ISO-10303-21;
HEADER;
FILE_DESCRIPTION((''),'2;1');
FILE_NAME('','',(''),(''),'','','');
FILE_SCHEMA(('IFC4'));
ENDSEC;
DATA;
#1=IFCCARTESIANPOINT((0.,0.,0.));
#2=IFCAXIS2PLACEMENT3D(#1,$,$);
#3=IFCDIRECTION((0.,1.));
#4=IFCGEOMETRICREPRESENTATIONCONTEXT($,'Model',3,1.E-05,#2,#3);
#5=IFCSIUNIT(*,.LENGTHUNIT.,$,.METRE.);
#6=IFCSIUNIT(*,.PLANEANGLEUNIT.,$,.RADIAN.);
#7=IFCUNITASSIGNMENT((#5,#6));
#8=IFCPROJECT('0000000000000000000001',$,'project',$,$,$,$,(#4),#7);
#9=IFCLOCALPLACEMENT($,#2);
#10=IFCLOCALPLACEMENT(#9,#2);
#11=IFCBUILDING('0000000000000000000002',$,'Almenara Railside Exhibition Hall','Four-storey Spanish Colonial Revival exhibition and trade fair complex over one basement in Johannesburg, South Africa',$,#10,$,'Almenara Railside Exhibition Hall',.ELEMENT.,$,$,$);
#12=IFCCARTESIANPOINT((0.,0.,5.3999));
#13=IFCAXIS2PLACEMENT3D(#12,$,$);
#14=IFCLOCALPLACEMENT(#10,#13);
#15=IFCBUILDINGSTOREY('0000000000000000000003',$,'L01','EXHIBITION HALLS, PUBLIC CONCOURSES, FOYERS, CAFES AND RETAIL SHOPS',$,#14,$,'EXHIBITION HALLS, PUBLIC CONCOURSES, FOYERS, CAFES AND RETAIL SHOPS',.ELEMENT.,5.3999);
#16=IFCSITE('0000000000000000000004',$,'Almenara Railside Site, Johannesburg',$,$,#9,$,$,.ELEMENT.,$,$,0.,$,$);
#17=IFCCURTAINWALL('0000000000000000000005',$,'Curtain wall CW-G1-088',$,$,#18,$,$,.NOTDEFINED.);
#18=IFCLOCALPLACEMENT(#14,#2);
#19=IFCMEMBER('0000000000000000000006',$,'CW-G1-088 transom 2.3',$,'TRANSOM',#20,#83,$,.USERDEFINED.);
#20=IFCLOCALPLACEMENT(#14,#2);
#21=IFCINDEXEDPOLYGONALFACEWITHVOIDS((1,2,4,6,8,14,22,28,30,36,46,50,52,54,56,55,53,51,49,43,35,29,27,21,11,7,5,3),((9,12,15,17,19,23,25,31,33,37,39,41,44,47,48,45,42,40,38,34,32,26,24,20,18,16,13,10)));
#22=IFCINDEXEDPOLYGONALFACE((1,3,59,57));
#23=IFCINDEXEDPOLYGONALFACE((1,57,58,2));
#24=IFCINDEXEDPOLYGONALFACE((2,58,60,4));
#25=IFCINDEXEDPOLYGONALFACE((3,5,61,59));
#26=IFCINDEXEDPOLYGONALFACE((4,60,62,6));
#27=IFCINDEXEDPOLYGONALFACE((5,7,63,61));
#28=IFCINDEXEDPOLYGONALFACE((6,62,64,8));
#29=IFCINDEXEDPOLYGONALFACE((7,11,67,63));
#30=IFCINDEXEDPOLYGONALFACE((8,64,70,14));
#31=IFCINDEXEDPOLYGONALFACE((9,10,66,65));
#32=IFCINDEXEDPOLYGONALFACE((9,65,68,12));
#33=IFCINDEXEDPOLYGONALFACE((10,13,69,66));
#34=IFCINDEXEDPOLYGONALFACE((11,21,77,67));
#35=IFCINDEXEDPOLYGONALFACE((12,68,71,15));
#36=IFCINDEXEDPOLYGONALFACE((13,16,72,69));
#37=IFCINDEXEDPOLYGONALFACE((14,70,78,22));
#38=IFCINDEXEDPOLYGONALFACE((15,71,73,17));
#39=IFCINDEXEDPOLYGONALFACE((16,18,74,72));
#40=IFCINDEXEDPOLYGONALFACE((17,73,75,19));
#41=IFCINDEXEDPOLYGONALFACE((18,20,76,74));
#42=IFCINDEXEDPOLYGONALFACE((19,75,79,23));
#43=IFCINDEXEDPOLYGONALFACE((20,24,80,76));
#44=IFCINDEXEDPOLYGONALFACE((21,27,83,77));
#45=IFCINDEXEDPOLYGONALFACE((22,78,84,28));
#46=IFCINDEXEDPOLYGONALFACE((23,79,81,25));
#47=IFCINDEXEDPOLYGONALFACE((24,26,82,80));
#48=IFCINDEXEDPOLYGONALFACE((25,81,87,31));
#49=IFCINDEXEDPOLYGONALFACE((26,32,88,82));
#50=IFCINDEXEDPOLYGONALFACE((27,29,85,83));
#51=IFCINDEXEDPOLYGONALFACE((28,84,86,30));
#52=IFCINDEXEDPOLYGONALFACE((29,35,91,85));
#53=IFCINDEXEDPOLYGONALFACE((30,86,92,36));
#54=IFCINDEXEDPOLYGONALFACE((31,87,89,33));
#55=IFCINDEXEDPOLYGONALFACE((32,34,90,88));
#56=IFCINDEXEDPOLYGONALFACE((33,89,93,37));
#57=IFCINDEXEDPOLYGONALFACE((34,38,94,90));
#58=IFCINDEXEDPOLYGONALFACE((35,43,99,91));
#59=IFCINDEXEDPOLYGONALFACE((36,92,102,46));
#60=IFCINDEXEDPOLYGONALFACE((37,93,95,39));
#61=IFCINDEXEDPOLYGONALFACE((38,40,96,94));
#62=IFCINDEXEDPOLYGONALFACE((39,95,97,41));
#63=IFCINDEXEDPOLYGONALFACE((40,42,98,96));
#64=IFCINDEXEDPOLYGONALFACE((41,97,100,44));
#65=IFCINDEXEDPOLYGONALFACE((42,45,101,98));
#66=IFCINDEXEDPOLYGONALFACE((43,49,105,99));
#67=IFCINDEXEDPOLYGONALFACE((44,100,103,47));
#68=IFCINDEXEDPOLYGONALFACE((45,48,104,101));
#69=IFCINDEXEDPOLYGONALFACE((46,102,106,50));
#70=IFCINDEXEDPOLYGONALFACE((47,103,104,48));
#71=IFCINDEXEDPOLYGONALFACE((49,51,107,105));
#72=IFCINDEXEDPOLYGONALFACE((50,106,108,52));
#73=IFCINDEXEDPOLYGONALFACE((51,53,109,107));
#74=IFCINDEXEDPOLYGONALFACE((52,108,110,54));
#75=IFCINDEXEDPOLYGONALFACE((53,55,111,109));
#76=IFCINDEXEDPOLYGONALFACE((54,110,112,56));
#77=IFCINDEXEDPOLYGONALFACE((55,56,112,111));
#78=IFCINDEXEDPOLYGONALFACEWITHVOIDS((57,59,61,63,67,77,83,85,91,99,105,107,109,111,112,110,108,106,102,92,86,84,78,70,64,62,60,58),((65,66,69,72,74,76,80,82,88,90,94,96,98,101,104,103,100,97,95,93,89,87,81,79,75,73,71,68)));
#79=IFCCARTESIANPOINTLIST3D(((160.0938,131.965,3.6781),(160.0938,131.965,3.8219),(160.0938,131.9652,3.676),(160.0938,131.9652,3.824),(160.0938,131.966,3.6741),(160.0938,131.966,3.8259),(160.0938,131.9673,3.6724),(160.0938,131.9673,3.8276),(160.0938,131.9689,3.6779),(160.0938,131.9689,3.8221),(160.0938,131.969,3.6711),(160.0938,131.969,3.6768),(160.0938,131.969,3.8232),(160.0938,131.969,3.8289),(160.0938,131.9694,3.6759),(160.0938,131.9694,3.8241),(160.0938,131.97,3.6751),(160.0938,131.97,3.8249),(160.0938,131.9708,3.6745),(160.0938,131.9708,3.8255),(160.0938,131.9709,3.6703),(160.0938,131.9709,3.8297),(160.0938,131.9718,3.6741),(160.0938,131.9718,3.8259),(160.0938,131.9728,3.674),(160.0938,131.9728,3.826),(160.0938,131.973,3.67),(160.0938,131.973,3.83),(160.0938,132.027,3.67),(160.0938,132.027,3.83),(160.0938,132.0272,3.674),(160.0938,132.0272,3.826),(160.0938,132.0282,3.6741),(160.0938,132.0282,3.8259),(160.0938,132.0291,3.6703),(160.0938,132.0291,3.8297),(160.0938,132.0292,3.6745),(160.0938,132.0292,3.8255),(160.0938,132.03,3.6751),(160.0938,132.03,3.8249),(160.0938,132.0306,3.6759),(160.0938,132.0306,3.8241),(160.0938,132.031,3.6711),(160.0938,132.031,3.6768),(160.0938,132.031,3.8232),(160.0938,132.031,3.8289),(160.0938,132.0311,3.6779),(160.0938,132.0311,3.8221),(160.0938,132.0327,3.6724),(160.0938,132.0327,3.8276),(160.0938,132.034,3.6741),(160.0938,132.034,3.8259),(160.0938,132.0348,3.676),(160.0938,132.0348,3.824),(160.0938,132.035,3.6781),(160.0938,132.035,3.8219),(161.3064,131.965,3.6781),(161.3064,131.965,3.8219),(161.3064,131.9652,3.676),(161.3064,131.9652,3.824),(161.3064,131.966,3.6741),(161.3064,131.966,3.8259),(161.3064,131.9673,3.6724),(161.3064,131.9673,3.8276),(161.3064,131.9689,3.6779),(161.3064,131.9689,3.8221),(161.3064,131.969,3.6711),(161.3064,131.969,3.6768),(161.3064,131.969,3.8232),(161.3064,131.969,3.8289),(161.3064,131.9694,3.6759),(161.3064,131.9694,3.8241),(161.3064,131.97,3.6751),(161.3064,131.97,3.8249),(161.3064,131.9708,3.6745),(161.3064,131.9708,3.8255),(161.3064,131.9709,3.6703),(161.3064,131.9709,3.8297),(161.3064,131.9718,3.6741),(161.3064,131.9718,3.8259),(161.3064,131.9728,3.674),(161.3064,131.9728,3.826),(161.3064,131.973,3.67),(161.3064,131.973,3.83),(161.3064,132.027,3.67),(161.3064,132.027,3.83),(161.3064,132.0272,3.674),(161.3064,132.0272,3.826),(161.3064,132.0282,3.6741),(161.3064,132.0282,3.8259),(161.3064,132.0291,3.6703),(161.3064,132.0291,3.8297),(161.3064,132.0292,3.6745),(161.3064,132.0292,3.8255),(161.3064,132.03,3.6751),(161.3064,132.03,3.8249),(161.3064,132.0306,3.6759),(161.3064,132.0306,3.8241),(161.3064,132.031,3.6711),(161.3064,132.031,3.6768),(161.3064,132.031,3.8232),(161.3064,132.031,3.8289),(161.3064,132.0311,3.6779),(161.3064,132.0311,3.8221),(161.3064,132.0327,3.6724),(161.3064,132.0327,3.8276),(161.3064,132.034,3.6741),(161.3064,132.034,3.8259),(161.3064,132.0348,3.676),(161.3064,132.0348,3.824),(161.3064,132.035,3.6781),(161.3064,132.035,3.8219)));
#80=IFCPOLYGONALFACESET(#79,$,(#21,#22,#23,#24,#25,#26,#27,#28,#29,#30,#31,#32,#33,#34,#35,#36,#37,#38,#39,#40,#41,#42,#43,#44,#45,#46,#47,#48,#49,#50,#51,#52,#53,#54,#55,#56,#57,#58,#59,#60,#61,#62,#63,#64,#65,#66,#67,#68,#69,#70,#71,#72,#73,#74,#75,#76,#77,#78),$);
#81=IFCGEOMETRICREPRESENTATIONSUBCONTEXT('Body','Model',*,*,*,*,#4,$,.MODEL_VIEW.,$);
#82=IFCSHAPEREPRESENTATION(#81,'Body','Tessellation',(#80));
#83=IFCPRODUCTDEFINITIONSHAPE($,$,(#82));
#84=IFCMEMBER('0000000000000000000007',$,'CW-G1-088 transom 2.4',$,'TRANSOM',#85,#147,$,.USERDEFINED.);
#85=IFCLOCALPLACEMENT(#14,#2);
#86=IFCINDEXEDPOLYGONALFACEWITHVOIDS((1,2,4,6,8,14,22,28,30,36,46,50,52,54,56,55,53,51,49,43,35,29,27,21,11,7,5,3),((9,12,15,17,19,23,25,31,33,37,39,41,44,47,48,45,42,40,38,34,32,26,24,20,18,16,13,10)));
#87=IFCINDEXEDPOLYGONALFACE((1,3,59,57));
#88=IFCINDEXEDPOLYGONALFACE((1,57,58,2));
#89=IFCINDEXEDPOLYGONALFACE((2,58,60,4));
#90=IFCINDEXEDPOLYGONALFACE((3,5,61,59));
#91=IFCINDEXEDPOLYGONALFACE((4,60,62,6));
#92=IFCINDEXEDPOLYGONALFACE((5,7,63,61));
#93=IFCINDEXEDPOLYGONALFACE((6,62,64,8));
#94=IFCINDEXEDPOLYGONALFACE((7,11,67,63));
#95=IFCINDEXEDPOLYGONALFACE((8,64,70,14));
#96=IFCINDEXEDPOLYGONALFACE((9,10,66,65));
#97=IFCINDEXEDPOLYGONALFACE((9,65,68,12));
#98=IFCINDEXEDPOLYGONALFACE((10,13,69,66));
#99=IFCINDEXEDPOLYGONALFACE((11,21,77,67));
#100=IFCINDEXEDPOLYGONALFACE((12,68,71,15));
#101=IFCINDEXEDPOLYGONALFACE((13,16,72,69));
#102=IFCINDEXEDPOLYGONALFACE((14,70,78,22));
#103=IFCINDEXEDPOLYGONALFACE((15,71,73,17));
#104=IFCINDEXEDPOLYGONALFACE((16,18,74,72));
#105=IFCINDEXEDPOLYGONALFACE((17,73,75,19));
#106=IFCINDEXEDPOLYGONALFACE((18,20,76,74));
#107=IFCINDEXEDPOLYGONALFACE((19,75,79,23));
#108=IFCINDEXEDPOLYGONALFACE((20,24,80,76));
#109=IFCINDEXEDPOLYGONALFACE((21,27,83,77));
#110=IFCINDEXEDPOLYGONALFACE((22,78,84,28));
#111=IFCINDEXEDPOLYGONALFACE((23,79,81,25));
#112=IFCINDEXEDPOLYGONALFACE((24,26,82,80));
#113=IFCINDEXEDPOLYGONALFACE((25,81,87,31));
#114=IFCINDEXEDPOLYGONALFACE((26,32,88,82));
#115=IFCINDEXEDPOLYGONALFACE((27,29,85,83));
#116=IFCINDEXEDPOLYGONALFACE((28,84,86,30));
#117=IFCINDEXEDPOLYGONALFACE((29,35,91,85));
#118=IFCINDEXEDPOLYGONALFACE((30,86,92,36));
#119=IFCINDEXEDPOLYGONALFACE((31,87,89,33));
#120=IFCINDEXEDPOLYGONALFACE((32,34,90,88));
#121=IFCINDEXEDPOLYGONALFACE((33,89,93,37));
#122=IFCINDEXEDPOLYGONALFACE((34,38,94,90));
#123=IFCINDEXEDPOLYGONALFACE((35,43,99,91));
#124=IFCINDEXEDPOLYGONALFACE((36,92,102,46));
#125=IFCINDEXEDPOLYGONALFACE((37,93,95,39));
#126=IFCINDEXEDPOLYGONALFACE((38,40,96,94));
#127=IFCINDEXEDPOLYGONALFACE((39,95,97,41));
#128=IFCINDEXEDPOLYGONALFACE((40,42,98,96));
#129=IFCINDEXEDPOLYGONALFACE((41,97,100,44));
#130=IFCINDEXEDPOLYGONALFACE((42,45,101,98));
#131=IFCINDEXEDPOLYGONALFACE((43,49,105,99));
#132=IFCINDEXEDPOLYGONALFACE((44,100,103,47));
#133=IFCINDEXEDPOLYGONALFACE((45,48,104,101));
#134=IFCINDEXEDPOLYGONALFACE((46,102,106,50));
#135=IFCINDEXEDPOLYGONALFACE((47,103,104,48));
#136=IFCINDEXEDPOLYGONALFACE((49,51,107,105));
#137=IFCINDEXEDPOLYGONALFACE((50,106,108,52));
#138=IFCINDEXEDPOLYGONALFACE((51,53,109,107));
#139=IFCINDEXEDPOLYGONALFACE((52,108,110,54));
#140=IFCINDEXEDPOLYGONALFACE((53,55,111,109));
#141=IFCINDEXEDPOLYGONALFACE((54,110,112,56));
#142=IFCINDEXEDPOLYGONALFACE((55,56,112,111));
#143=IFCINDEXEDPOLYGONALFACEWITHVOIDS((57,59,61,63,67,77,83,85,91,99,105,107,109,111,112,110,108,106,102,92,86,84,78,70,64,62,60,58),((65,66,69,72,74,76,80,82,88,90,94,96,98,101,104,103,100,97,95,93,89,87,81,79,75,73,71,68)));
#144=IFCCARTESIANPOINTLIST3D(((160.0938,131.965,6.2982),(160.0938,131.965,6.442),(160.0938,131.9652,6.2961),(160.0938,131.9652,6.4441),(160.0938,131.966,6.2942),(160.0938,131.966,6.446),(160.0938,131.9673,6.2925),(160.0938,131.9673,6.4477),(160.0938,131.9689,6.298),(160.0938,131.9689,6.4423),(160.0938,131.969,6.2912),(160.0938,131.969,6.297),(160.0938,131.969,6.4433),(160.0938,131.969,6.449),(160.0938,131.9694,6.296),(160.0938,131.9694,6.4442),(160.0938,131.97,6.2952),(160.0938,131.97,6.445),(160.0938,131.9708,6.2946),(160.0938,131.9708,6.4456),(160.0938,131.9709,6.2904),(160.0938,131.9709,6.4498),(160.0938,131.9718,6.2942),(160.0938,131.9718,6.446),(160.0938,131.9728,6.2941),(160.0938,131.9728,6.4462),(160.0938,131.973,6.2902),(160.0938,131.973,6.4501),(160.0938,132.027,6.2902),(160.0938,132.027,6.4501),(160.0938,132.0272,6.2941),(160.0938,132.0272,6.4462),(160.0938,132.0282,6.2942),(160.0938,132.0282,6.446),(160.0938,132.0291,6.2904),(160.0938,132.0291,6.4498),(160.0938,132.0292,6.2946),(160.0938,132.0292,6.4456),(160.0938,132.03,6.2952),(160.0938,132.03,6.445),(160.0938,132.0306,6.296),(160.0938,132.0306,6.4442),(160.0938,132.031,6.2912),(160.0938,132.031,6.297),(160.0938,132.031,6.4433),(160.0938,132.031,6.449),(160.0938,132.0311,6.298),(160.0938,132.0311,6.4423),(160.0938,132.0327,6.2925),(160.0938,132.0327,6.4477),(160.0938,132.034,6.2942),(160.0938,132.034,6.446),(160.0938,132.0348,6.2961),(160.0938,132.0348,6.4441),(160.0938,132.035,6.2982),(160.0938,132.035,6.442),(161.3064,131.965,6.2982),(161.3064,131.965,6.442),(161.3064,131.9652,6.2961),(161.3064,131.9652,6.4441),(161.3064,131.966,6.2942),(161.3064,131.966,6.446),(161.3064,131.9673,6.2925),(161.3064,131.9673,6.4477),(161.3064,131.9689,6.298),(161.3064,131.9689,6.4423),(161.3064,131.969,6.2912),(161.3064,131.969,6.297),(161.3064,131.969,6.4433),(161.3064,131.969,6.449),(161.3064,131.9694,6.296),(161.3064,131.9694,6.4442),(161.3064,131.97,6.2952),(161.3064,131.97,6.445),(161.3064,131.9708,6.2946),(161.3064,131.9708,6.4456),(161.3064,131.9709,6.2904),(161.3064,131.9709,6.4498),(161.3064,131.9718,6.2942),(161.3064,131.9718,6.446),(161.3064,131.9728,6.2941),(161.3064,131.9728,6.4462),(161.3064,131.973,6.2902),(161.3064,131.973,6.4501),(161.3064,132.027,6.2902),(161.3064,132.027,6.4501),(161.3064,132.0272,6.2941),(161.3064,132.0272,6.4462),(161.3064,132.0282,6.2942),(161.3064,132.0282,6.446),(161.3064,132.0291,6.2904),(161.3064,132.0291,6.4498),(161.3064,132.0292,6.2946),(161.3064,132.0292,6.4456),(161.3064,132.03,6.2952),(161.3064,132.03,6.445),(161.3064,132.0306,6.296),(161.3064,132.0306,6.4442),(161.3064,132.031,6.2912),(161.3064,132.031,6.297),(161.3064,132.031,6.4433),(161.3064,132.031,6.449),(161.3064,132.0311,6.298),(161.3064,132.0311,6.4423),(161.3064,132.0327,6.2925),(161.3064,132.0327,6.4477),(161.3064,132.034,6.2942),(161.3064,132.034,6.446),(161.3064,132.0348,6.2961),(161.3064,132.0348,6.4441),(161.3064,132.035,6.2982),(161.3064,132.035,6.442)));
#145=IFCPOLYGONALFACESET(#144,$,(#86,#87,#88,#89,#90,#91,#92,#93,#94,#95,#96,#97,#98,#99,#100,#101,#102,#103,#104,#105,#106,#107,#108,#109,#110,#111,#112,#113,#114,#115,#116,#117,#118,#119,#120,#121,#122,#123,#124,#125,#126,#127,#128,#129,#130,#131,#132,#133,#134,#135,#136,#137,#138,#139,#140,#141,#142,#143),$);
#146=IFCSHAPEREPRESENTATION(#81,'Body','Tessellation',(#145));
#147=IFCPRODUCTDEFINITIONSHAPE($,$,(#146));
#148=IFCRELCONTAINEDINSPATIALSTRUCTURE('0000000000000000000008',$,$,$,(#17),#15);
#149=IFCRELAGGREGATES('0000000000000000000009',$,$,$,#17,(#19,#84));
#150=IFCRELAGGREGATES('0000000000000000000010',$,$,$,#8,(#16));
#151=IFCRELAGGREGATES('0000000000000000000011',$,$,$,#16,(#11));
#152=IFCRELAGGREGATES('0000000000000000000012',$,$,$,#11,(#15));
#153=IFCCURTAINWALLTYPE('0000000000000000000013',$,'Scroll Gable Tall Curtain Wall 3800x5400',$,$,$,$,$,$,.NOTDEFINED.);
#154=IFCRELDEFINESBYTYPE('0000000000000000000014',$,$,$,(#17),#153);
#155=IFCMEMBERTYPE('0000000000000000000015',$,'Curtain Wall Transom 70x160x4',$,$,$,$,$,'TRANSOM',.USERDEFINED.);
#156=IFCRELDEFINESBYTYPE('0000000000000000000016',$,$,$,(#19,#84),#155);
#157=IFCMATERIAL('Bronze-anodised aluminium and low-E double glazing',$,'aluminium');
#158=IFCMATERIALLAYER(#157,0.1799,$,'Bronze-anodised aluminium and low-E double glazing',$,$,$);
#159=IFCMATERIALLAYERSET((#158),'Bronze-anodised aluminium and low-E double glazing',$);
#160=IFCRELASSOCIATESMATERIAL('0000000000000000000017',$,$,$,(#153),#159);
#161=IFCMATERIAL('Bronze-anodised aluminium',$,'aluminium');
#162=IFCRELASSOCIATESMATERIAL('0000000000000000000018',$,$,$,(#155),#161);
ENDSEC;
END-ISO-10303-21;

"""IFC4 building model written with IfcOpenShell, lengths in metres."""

from ifc_helpers import new_model, si_unit, direction, frame, origin, origin_2d, place, context, subcontext, project, spatial, hollow_rectangle, extrude, material, layer, layer_set, material_profile, profile_set, type_object, element, aggregate, save


model = new_model("IFC4")

# Units and contexts
model_context = context("Model", 3, precision=1e-05, world=origin(), true_north=direction((0.0, 1.0)))
body_context = subcontext(model_context, "Body", "Model", "MODEL_VIEW")
ifc_project = project(units=[si_unit("LENGTHUNIT", "METRE"), si_unit("PLANEANGLEUNIT", "RADIAN")], contexts=[model_context])

# Site, building, storey
site_placement = place(None, origin())
site = spatial("IfcSite", under=ifc_project, at=site_placement, Name="Almenara Railside Site, Johannesburg", CompositionType="ELEMENT", RefElevation=0.0)
building_placement = place(site_placement, origin())
building = spatial("IfcBuilding", under=site, at=building_placement, Name="Almenara Railside Exhibition Hall", Description="Four-storey Spanish Colonial Revival exhibition and trade fair complex over one basement in Johannesburg, South Africa", LongName="Almenara Railside Exhibition Hall", CompositionType="ELEMENT")
storey_placement = place(building_placement, frame((0.0, 0.0, 5.3999)))
storey = spatial("IfcBuildingStorey", under=building, at=storey_placement, Name="L01", Description="EXHIBITION HALLS, PUBLIC CONCOURSES, FOYERS, CAFES AND RETAIL SHOPS", LongName="EXHIBITION HALLS, PUBLIC CONCOURSES, FOYERS, CAFES AND RETAIL SHOPS", CompositionType="ELEMENT", Elevation=5.3999)

# Shared definitions
ifc_material_1 = material(Name="Bronze-anodised aluminium and low-E double glazing", Category="aluminium")
ifc_layer_1 = layer(ifc_material_1, 0.1799, Name="Bronze-anodised aluminium and low-E double glazing")
ifc_layer_set_1 = layer_set([ifc_layer_1], Name="Bronze-anodised aluminium and low-E double glazing")
curtain_wall_type = type_object("IfcCurtainWallType", Name="Scroll Gable Tall Curtain Wall 3800x5400", PredefinedType="NOTDEFINED", material=ifc_layer_set_1)
ifc_material_2 = material(Name="Bronze-anodised aluminium", Category="aluminium")

# Curtain wall
curtain_wall_1_placement = place(storey_placement, origin())
curtain_wall_1 = element("IfcCurtainWall", 1, at=curtain_wall_1_placement, inside=storey, type_object=curtain_wall_type, Name="Curtain wall CW-G1-088", PredefinedType="NOTDEFINED")

# Members
ifc_material_profile_1 = material_profile(ifc_material_2, hollow_rectangle(XDim=0.0701, YDim=0.1599, WallThickness=0.0039, InnerFilletRadius=0.0039, OuterFilletRadius=0.0081, at=origin_2d()), Name="ALU-TRN 70x160x4")
ifc_profile_set_1 = profile_set([ifc_material_profile_1], Name="Bronze-anodised aluminium")
member_type_1 = type_object("IfcMemberType", Name="Curtain Wall Transom 70x160x4", ElementType="TRANSOM", PredefinedType="USERDEFINED", material=ifc_profile_set_1)
member_1_placement = place(storey_placement, frame((160.0938, 132.0, 3.75), z_axis=(1.0, 0.0, 0.0), x_axis=(0.0, 1.0, 0.0)))
member_1 = element("IfcMember", 2, at=member_1_placement, type_object=member_type_1, Name="CW-G1-088 transom 2.3", ObjectType="TRANSOM", PredefinedType="USERDEFINED", context=body_context, shape_type="SweptSolid", body=[
    extrude(hollow_rectangle(XDim=0.0701, YDim=0.1599, WallThickness=0.0039, InnerFilletRadius=0.0039, OuterFilletRadius=0.0081, at=origin_2d()), origin(), (0.0, 0.0, 1.0), 1.2126),
])
member_2_placement = place(storey_placement, frame((160.0938, 132.0, 6.3701), z_axis=(1.0, 0.0, 0.0), x_axis=(0.0, 1.0, 0.0)))
member_2 = element("IfcMember", 3, at=member_2_placement, type_object=member_type_1, Name="CW-G1-088 transom 2.4", ObjectType="TRANSOM", PredefinedType="USERDEFINED", context=body_context, shape_type="SweptSolid", body=[
    extrude(hollow_rectangle(XDim=0.0701, YDim=0.1599, WallThickness=0.0039, InnerFilletRadius=0.0039, OuterFilletRadius=0.0081, at=origin_2d()), origin(), (0.0, 0.0, 1.0), 1.2126),
])

aggregate(curtain_wall_1, [member_1, member_2])

save(model, "model.ifc")
